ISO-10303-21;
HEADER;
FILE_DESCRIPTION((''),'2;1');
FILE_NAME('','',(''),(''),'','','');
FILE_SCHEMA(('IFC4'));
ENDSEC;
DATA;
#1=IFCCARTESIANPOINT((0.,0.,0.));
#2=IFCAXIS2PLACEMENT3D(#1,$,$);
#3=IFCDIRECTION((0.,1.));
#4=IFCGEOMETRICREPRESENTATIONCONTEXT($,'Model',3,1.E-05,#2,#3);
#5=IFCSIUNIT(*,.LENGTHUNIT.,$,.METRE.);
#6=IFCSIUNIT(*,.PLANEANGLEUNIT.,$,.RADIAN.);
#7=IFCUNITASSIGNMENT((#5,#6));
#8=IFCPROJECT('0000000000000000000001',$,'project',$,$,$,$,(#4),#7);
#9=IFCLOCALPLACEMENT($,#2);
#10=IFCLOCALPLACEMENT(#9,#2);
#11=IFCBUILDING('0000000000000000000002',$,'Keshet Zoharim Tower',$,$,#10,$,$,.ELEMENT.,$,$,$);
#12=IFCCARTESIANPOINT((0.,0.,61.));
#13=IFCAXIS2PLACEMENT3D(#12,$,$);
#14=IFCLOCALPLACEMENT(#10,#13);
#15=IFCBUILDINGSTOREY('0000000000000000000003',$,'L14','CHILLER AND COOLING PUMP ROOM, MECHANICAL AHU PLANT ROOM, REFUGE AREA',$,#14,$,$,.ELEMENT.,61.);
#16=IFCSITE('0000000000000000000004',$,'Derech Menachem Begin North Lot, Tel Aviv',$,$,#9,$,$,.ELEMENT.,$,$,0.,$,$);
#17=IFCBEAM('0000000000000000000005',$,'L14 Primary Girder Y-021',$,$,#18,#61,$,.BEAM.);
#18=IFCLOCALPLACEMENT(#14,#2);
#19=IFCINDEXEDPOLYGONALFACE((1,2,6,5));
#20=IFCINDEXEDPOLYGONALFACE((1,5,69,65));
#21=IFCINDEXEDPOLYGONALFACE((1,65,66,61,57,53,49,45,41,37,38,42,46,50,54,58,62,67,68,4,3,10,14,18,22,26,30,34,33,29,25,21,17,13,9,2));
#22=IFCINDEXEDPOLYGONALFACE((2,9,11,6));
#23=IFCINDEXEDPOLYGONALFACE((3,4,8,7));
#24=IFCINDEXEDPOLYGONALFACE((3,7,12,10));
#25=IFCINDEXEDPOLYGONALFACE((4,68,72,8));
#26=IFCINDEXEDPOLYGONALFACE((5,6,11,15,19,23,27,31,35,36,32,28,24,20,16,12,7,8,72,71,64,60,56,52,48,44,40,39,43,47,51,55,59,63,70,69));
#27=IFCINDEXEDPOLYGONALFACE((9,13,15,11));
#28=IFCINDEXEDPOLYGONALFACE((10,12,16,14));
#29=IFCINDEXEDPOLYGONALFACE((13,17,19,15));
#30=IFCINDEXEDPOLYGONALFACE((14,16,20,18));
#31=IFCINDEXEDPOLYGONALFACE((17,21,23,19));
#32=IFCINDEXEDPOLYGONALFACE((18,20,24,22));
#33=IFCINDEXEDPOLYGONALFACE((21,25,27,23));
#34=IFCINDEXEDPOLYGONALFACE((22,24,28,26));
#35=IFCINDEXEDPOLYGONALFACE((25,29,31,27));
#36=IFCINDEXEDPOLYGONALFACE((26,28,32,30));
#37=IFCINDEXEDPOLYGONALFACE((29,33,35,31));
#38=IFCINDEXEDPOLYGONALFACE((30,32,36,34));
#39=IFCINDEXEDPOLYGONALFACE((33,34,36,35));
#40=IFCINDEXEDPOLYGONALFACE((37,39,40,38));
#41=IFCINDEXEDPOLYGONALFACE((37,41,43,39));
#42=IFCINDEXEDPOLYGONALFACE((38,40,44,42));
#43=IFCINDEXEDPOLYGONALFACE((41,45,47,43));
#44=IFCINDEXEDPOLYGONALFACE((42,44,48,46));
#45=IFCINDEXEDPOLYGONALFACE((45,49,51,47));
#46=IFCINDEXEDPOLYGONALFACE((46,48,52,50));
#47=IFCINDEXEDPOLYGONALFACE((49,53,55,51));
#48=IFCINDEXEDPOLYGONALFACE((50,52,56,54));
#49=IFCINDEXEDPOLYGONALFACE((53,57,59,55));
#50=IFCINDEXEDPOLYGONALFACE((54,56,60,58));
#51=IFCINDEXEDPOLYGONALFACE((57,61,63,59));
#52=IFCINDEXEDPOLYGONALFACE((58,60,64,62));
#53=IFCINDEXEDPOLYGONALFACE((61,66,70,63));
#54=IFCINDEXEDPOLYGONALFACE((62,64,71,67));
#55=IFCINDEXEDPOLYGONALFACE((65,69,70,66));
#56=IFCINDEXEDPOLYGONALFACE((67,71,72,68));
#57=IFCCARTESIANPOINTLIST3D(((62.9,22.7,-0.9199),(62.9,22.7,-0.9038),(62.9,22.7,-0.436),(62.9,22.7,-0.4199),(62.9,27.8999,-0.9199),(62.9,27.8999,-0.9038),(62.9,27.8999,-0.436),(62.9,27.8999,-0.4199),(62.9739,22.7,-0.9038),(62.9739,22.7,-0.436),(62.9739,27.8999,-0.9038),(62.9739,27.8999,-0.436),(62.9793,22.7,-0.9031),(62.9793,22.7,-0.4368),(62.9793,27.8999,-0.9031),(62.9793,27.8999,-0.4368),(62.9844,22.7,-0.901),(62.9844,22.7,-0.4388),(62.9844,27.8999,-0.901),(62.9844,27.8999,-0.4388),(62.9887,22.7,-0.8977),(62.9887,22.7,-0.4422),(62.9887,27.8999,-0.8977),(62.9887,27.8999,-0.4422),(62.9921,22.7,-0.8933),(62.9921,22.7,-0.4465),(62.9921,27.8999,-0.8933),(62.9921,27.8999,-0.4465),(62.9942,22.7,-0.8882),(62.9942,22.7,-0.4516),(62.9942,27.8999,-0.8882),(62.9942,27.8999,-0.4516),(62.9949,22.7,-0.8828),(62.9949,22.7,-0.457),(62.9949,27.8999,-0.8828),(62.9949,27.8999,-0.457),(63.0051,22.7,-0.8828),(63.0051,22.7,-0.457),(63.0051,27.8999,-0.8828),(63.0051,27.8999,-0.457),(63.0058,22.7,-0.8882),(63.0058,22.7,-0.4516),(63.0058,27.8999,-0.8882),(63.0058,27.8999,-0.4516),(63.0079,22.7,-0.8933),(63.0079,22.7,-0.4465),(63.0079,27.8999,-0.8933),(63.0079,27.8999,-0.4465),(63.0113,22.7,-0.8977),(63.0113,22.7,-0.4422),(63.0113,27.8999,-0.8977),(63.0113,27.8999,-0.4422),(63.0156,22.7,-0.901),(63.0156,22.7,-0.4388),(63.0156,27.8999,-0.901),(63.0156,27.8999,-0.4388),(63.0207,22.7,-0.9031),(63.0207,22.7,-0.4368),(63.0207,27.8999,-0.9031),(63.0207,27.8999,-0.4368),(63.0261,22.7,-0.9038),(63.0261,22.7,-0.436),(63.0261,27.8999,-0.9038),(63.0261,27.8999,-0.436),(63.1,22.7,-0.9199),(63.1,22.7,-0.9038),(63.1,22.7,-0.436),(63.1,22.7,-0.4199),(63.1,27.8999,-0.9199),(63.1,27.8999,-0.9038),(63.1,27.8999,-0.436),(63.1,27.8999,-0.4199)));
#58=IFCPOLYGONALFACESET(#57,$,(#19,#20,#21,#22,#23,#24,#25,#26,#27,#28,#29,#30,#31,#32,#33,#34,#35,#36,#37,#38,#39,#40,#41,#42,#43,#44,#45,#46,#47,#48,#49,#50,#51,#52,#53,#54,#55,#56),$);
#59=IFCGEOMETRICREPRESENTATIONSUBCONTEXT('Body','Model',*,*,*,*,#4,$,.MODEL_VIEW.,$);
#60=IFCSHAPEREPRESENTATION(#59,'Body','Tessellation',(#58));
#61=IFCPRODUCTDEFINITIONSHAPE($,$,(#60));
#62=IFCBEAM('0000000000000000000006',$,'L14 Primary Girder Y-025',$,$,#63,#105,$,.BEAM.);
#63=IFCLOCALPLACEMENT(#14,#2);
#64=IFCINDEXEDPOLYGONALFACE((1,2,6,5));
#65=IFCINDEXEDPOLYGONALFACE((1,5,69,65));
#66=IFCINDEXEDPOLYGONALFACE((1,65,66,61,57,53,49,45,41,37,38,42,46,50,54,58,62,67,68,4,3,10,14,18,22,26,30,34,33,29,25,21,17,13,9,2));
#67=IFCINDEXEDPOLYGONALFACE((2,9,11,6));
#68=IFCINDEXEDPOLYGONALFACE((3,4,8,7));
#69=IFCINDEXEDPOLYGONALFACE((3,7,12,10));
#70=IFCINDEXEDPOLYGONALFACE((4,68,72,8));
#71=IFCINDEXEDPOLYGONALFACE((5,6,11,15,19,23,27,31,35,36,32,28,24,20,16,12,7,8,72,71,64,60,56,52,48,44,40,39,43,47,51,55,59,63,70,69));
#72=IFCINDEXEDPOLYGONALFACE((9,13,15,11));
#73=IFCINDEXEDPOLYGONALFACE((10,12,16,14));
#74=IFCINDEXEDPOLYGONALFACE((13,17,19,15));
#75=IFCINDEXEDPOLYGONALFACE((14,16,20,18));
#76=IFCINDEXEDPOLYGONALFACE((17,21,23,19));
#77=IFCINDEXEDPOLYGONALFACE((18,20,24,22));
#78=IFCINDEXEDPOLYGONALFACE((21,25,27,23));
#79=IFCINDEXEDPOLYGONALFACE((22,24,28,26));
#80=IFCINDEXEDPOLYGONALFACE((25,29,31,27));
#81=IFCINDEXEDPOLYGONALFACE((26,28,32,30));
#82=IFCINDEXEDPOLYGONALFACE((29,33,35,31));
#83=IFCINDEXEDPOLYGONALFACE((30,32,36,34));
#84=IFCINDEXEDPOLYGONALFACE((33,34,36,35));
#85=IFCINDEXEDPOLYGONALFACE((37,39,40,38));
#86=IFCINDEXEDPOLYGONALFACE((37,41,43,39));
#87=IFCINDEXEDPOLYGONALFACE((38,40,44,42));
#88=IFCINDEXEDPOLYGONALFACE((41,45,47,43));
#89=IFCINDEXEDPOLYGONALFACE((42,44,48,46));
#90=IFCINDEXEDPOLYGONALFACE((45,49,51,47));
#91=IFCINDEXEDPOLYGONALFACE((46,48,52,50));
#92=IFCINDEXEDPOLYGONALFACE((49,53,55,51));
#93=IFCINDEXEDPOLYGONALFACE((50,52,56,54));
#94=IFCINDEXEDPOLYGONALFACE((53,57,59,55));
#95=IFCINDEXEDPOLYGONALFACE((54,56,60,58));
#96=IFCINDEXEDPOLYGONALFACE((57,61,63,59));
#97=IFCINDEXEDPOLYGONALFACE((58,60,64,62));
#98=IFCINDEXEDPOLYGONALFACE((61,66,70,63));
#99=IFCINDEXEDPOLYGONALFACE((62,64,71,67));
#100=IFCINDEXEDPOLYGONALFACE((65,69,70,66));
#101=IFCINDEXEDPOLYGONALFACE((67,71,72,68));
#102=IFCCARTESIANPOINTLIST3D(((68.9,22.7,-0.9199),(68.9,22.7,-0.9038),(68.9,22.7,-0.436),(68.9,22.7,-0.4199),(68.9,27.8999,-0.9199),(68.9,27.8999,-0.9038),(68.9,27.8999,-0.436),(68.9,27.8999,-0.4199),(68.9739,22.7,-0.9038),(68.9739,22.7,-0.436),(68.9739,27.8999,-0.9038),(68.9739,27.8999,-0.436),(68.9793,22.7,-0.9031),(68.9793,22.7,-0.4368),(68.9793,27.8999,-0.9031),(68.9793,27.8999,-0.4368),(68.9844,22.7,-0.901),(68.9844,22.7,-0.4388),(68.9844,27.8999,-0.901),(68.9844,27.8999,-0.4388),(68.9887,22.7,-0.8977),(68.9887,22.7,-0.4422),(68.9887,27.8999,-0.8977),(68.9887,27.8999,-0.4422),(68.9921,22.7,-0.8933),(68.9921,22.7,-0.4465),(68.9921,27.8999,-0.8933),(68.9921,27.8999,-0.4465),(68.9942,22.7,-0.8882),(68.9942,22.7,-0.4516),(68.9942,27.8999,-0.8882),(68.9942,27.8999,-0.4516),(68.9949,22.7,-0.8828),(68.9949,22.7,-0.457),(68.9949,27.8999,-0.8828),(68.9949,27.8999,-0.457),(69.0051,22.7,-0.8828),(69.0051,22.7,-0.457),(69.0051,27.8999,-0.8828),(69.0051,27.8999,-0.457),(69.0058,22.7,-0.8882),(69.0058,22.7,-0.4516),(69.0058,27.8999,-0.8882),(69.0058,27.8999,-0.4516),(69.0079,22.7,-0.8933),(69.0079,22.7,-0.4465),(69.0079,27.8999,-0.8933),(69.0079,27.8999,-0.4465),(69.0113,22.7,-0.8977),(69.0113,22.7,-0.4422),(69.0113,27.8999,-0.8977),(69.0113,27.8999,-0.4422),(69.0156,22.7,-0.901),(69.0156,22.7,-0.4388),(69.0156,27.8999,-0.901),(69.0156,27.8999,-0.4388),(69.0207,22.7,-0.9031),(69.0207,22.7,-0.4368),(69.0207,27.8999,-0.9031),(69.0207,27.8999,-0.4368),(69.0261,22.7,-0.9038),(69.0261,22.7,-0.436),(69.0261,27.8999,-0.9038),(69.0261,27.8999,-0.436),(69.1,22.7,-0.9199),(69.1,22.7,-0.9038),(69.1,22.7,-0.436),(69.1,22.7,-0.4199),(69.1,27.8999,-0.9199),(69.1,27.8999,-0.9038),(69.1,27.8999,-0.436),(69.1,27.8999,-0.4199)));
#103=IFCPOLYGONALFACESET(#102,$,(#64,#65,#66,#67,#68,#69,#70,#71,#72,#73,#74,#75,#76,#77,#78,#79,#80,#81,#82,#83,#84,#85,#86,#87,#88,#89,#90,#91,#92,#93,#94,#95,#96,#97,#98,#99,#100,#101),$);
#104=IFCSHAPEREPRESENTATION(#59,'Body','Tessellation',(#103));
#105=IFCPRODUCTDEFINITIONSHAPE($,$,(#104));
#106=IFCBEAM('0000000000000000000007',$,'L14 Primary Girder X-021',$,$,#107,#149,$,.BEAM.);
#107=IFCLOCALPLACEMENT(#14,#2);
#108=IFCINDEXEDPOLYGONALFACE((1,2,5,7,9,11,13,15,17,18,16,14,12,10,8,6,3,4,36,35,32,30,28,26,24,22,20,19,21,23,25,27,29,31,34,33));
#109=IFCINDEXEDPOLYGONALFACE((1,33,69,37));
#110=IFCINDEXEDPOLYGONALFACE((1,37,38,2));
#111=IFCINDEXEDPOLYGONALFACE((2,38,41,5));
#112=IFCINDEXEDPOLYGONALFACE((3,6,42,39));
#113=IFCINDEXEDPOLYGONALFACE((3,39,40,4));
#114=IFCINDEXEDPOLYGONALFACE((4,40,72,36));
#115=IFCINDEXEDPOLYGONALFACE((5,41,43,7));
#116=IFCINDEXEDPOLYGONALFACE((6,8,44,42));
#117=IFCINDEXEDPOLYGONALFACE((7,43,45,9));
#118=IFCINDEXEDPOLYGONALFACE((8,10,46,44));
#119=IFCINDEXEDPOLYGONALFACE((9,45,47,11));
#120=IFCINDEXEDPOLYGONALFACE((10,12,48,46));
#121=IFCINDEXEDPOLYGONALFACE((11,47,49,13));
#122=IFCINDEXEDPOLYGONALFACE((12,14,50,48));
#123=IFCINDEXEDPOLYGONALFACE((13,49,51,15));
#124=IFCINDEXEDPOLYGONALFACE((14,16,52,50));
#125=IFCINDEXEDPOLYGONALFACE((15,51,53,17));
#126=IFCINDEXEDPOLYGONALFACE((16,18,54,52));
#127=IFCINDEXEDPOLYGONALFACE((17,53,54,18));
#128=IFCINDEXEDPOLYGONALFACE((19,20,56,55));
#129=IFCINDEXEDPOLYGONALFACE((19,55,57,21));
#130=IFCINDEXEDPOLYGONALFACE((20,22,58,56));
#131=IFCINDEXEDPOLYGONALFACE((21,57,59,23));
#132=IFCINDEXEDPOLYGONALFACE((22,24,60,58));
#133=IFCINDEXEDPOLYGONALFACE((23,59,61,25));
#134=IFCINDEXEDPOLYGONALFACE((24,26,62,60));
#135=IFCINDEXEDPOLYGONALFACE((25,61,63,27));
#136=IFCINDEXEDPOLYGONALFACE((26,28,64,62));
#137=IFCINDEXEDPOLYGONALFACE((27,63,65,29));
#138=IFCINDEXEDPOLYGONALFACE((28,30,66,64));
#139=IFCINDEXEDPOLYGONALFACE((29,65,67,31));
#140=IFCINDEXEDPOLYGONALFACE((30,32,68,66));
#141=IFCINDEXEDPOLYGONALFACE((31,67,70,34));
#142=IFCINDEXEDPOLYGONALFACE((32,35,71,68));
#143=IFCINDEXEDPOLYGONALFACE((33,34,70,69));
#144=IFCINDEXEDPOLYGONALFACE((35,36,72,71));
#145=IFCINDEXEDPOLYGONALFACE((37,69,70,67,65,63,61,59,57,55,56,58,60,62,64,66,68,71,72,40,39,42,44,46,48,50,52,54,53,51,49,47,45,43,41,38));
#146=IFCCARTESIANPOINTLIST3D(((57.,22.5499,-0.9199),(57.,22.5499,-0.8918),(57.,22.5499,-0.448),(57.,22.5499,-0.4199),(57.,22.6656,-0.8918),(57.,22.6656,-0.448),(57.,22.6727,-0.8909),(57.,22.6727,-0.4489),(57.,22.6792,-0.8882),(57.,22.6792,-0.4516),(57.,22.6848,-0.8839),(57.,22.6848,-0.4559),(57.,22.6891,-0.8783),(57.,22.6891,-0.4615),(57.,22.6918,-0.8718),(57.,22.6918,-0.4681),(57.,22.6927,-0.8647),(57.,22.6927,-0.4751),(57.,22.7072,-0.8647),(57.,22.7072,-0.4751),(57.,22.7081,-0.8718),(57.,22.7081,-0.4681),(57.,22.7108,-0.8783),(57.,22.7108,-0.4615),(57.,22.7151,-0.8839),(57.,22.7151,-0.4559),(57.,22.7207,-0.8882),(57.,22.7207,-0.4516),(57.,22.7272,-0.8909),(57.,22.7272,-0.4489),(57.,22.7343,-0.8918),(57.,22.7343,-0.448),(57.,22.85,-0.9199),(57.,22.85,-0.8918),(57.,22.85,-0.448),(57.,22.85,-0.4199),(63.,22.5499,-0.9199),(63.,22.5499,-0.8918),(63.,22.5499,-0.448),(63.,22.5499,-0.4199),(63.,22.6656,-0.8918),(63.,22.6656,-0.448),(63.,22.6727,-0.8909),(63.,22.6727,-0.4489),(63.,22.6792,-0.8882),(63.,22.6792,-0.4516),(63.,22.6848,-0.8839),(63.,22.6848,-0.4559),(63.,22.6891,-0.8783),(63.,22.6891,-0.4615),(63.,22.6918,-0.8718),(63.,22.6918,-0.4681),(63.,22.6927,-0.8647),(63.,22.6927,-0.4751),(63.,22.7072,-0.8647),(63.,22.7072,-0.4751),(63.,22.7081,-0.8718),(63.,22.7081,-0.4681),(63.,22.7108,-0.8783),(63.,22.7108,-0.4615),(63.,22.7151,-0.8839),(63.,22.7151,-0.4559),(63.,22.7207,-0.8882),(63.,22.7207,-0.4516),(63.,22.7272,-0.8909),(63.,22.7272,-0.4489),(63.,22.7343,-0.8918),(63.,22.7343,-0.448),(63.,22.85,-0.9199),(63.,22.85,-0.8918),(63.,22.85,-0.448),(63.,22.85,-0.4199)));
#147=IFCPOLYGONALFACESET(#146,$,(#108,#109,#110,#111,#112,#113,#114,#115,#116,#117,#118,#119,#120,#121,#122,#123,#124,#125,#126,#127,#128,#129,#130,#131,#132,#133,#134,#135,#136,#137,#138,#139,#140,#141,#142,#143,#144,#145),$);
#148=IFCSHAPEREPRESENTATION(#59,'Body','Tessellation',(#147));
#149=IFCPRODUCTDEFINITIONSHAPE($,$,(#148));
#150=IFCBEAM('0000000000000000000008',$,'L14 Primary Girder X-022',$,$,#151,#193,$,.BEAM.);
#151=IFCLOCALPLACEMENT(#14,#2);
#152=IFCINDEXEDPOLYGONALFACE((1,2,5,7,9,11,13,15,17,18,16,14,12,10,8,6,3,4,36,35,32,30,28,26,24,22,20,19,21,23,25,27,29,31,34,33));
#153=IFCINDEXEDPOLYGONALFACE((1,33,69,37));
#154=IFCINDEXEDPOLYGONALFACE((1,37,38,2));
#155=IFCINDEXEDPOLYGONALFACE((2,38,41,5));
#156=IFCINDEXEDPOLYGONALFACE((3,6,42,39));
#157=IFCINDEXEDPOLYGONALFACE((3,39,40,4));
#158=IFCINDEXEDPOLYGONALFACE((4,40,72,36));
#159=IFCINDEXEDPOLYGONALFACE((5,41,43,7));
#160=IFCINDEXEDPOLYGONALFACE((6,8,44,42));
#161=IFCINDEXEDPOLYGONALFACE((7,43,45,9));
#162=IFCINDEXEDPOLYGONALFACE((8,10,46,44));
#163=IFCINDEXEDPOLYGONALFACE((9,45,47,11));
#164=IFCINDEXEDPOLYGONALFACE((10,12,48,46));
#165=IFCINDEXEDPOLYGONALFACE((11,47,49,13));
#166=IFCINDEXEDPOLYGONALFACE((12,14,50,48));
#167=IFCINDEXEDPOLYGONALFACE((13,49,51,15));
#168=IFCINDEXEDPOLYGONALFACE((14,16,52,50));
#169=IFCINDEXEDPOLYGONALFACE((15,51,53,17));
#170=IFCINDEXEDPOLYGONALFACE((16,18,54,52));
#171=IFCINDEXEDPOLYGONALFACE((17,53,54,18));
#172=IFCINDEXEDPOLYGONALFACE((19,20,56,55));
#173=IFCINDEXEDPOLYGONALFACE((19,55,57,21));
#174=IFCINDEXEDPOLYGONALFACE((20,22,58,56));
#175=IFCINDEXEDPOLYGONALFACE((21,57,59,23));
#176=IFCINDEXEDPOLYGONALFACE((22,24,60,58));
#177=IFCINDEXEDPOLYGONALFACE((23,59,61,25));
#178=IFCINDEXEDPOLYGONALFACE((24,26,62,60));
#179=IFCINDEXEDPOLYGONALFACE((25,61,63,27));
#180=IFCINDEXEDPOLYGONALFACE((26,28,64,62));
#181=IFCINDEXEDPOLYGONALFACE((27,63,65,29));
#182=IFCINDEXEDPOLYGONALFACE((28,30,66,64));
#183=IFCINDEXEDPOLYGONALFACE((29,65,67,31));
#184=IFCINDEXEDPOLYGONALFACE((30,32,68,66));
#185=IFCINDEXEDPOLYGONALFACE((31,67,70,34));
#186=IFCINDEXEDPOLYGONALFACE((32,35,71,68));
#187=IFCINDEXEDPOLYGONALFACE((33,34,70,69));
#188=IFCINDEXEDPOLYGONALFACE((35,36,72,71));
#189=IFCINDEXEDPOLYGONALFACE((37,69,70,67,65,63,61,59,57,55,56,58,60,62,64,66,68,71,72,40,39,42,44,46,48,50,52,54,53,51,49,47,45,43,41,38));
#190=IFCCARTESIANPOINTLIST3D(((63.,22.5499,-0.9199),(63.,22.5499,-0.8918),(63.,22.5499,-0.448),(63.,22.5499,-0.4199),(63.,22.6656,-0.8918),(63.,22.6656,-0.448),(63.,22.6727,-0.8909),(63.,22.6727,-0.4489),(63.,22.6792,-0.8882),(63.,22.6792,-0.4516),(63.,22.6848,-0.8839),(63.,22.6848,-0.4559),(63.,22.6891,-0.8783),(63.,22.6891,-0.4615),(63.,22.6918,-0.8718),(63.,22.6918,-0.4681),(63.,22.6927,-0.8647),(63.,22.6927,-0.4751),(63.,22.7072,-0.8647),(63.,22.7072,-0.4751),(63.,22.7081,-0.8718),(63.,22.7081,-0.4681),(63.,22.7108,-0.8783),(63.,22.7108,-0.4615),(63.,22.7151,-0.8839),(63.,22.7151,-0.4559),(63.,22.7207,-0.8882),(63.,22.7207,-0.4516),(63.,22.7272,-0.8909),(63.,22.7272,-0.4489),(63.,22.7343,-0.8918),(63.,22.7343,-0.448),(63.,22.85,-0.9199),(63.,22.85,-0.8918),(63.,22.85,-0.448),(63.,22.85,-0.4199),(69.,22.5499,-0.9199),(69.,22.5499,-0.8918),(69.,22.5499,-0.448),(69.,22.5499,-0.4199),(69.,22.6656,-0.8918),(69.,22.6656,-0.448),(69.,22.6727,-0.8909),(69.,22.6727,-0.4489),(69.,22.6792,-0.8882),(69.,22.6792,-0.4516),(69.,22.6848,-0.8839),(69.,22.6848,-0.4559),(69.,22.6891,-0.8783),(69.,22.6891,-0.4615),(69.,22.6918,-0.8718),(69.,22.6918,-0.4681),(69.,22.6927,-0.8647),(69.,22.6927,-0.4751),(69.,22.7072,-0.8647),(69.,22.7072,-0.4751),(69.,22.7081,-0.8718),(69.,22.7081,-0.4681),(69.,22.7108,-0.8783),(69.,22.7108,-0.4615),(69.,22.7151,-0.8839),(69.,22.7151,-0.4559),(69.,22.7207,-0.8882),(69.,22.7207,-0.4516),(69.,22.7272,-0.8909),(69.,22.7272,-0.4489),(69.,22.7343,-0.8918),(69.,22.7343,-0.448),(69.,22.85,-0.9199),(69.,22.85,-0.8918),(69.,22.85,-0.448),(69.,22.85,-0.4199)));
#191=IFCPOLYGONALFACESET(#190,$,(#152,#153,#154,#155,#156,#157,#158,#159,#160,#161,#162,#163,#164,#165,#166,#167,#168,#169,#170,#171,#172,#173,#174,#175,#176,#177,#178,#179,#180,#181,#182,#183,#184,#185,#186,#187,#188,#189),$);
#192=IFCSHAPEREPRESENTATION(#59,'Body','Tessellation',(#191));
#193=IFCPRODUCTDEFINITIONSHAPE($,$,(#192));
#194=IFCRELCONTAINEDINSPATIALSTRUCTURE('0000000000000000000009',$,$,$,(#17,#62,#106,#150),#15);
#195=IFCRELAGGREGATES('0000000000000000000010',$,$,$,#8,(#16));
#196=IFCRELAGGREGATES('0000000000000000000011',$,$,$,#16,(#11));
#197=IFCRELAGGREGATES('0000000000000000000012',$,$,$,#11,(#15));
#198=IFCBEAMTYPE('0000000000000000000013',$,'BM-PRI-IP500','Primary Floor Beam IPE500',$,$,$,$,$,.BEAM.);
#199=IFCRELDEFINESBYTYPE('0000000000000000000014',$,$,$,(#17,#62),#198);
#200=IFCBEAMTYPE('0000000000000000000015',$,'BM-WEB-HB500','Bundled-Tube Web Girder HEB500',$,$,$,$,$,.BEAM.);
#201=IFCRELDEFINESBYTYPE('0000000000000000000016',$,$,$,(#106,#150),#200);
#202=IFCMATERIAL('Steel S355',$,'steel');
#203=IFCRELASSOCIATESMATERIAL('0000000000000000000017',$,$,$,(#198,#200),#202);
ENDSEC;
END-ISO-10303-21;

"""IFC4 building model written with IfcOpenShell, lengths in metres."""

from ifc_helpers import new_model, si_unit, direction, frame, origin, origin_2d, place, context, subcontext, project, spatial, i_section, extrude, material, material_profile, profile_set, type_object, element, save


model = new_model("IFC4")

# Units and contexts
model_context = context("Model", 3, precision=1e-05, world=origin(), true_north=direction((0.0, 1.0)))
body_context = subcontext(model_context, "Body", "Model", "MODEL_VIEW")
ifc_project = project(units=[si_unit("LENGTHUNIT", "METRE"), si_unit("PLANEANGLEUNIT", "RADIAN")], contexts=[model_context])

# Site, building, storey
site_placement = place(None, origin())
site = spatial("IfcSite", under=ifc_project, at=site_placement, Name="Derech Menachem Begin North Lot, Tel Aviv", CompositionType="ELEMENT", RefElevation=0.0)
building_placement = place(site_placement, origin())
building = spatial("IfcBuilding", under=site, at=building_placement, Name="Keshet Zoharim Tower", CompositionType="ELEMENT")
storey_placement = place(building_placement, frame((0.0, 0.0, 61.0)))
storey = spatial("IfcBuildingStorey", under=building, at=storey_placement, Name="L14", Description="CHILLER AND COOLING PUMP ROOM, MECHANICAL AHU PLANT ROOM, REFUGE AREA", CompositionType="ELEMENT", Elevation=61.0)

# Shared definitions
ifc_material_1 = material(Name="Steel S355", Category="steel")

# Beams
ifc_material_profile_1 = material_profile(ifc_material_1, i_section(OverallWidth=0.2, OverallDepth=0.5, WebThickness=0.0103, FlangeThickness=0.0161, FilletRadius=0.021, at=origin_2d()), Name="IPE500")
ifc_profile_set_1 = profile_set([ifc_material_profile_1], Name="Steel S355")
beam_type_1 = type_object("IfcBeamType", Name="BM-PRI-IP500", Description="Primary Floor Beam IPE500", PredefinedType="BEAM", material=ifc_profile_set_1)
for number, where, z_axis, x_axis, name in (
    (1, (63.0, 22.7, -0.6699), (0.0, 1.0, 0.0), (-1.0, 0.0, 0.0), "L14 Primary Girder Y-021"),
    (2, (69.0, 22.7, -0.6699), (0.0, 1.0, 0.0), (-1.0, 0.0, 0.0), "L14 Primary Girder Y-025"),
):
    element("IfcBeam", number, at=place(storey_placement, frame(where, z_axis=z_axis, x_axis=x_axis)), inside=storey, type_object=beam_type_1, Name=name, PredefinedType="BEAM", context=body_context, shape_type="SweptSolid", body=[
        extrude(i_section(OverallWidth=0.2, OverallDepth=0.5, WebThickness=0.0103, FlangeThickness=0.0161, FilletRadius=0.021, at=origin_2d()), origin(), (0.0, 0.0, 1.0), 5.2),
    ])
ifc_material_profile_2 = material_profile(ifc_material_1, i_section(OverallWidth=0.3, OverallDepth=0.5, WebThickness=0.0144, FlangeThickness=0.0281, FilletRadius=0.0271, at=origin_2d()), Name="HEB500")
ifc_profile_set_2 = profile_set([ifc_material_profile_2], Name="Steel S355")
beam_type_2 = type_object("IfcBeamType", Name="BM-WEB-HB500", Description="Bundled-Tube Web Girder HEB500", PredefinedType="BEAM", material=ifc_profile_set_2)
for number, where, z_axis, x_axis, name in (
    (3, (57.0, 22.7, -0.6699), (1.0, 0.0, 0.0), (0.0, 1.0, 0.0), "L14 Primary Girder X-021"),
    (4, (63.0, 22.7, -0.6699), (1.0, 0.0, 0.0), (0.0, 1.0, 0.0), "L14 Primary Girder X-022"),
):
    element("IfcBeam", number, at=place(storey_placement, frame(where, z_axis=z_axis, x_axis=x_axis)), inside=storey, type_object=beam_type_2, Name=name, PredefinedType="BEAM", context=body_context, shape_type="SweptSolid", body=[
        extrude(i_section(OverallWidth=0.3, OverallDepth=0.5, WebThickness=0.0144, FlangeThickness=0.0281, FilletRadius=0.0271, at=origin_2d()), origin(), (0.0, 0.0, 1.0), 6.0),
    ])

save(model, "model.ifc")
